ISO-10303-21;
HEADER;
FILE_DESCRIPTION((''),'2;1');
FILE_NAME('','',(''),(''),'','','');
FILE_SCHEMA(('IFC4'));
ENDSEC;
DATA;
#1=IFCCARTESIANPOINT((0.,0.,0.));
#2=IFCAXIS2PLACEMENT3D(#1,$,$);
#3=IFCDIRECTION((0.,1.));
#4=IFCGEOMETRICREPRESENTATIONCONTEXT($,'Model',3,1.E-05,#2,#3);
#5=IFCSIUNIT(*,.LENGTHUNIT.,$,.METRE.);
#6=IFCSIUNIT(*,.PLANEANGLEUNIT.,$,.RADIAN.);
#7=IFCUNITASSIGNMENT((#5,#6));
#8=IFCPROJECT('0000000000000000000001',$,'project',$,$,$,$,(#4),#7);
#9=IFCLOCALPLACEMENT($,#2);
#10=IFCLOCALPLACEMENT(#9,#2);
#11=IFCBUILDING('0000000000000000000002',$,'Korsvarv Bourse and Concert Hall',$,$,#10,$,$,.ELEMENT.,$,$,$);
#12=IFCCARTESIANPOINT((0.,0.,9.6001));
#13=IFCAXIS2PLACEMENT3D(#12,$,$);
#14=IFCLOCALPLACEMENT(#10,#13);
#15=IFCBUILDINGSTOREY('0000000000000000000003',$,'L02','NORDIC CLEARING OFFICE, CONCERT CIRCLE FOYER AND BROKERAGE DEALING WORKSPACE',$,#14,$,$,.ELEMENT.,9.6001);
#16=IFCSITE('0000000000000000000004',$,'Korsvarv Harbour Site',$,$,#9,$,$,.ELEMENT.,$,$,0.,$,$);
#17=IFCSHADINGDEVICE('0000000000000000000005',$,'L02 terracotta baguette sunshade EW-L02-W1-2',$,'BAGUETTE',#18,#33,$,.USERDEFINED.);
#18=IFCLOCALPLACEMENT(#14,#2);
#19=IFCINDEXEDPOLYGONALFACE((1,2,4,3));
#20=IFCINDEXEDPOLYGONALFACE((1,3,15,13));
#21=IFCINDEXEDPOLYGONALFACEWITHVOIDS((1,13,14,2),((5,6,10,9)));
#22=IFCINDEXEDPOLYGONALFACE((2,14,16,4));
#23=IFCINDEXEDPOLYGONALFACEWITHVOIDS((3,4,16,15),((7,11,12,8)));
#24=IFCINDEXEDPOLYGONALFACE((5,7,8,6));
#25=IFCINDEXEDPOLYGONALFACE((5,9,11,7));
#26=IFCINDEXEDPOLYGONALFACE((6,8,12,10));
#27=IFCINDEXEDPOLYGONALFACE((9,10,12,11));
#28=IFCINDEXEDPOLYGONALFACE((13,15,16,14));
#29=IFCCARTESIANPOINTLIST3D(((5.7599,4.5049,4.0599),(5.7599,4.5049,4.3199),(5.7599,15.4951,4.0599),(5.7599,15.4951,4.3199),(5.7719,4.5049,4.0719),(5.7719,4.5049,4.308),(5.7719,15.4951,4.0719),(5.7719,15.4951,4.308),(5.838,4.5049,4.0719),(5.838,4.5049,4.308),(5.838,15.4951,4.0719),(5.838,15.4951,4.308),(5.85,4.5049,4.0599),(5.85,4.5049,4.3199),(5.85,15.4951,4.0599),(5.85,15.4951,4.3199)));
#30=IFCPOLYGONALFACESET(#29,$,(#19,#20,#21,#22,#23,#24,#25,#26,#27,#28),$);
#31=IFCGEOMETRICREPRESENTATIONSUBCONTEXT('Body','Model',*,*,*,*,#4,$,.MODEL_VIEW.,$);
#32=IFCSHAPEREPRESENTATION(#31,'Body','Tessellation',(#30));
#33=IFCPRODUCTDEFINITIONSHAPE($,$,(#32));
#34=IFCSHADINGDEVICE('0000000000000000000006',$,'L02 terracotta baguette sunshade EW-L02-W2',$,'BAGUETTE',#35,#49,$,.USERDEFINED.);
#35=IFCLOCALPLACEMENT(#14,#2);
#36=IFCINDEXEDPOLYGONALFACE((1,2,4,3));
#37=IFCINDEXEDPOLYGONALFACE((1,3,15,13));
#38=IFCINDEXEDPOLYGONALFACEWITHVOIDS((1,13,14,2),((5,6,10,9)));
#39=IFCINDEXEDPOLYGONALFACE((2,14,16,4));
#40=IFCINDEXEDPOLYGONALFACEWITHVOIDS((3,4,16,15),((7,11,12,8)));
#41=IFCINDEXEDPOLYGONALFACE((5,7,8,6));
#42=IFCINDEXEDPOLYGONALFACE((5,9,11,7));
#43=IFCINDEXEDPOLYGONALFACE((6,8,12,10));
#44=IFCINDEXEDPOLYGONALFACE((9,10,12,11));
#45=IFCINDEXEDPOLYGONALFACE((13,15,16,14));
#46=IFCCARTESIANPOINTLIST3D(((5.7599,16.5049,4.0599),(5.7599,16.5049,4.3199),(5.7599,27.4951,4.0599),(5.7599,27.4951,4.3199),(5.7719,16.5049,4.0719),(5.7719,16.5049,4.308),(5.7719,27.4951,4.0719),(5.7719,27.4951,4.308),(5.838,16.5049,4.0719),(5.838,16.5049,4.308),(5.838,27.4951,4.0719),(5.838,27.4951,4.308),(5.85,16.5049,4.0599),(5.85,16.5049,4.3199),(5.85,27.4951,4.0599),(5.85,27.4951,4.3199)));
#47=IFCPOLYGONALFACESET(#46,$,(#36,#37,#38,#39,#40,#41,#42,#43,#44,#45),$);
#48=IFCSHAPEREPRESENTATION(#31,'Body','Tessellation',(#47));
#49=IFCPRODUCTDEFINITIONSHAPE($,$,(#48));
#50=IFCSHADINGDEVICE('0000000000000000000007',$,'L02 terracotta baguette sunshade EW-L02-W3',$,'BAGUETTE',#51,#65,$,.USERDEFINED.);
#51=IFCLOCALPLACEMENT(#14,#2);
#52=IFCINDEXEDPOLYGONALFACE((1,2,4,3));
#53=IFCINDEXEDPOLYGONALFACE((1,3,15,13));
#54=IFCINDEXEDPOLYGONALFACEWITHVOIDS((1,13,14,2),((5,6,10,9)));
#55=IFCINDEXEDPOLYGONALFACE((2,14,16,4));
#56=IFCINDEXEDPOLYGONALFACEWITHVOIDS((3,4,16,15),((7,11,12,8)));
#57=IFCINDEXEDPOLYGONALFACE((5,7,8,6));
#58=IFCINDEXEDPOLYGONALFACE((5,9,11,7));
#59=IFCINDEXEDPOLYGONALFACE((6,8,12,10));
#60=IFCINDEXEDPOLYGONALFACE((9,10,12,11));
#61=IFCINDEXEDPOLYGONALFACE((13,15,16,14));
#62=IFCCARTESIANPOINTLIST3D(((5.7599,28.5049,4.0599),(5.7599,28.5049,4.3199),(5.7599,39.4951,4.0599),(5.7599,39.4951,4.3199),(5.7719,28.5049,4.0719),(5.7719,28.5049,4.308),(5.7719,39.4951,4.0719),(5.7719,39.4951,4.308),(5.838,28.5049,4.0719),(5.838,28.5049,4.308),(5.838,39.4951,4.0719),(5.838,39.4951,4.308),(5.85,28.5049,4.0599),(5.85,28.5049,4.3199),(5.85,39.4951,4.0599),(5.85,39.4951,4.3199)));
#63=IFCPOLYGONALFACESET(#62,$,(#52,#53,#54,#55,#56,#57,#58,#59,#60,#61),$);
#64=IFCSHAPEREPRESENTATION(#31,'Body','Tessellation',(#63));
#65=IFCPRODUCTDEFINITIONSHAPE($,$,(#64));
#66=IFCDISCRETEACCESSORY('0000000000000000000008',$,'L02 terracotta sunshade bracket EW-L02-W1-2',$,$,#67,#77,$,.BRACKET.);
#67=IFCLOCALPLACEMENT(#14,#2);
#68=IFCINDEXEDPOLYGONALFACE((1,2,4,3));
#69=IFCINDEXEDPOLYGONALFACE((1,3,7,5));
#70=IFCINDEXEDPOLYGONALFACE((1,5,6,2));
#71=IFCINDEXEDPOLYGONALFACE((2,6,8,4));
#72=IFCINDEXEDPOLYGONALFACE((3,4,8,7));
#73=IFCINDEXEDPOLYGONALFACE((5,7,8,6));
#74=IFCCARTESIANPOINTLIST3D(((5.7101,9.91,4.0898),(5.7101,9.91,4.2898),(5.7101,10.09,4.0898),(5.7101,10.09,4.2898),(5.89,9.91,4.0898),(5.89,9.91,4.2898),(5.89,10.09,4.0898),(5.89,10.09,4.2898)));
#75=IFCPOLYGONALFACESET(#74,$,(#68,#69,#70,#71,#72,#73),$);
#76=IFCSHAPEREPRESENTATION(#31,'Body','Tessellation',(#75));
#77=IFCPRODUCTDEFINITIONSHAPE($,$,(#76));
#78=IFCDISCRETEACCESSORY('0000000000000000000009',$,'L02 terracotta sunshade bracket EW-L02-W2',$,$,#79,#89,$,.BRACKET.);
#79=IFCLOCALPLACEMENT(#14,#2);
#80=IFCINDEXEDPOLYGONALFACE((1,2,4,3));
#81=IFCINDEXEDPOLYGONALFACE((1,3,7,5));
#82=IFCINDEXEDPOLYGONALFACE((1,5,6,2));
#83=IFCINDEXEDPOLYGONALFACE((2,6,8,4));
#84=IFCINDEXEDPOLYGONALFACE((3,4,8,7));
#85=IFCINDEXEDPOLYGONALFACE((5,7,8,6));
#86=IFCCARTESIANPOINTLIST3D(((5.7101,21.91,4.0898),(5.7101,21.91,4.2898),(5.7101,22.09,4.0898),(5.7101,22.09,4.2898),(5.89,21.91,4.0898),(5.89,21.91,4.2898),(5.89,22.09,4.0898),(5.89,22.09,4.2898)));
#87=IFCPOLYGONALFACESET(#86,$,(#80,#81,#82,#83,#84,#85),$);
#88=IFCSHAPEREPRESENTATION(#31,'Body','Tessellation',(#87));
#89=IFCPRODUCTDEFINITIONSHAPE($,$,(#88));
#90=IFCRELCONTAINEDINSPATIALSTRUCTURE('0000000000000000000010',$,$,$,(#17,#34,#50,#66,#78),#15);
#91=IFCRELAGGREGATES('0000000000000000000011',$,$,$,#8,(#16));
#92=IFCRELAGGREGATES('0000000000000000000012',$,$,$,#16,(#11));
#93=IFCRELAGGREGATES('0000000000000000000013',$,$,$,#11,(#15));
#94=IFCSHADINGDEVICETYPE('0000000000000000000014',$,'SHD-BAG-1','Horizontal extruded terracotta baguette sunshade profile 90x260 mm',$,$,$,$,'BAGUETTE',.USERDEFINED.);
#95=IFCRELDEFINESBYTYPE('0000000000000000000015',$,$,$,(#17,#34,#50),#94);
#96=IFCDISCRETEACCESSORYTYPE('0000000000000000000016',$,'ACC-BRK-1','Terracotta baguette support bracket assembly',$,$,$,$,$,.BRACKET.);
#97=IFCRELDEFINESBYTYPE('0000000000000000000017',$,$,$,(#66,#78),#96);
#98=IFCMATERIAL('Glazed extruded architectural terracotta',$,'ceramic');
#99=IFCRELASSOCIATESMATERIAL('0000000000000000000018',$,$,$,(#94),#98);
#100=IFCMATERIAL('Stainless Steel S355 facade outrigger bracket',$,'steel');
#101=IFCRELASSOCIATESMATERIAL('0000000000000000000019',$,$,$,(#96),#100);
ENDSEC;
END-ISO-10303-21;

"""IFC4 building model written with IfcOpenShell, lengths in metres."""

from ifc_helpers import new_model, si_unit, direction, frame, origin, origin_2d, place, context, subcontext, project, spatial, rectangle, hollow_rectangle, extrude, source, transform, mapped, material, material_profile, profile_set, type_object, element, save


model = new_model("IFC4")

# Units and contexts
model_context = context("Model", 3, precision=1e-05, world=origin(), true_north=direction((0.0, 1.0)))
body_context = subcontext(model_context, "Body", "Model", "MODEL_VIEW")
ifc_project = project(units=[si_unit("LENGTHUNIT", "METRE"), si_unit("PLANEANGLEUNIT", "RADIAN")], contexts=[model_context])

# Site, building, storey
site_placement = place(None, origin())
site = spatial("IfcSite", under=ifc_project, at=site_placement, Name="Korsvarv Harbour Site", CompositionType="ELEMENT", RefElevation=0.0)
building_placement = place(site_placement, origin())
building = spatial("IfcBuilding", under=site, at=building_placement, Name="Korsvarv Bourse and Concert Hall", CompositionType="ELEMENT")
storey_placement = place(building_placement, frame((0.0, 0.0, 9.6001)))
storey = spatial("IfcBuildingStorey", under=building, at=storey_placement, Name="L02", Description="NORDIC CLEARING OFFICE, CONCERT CIRCLE FOYER AND BROKERAGE DEALING WORKSPACE", CompositionType="ELEMENT", Elevation=9.6001)

# Shading devices
ifc_material_1 = material(Name="Glazed extruded architectural terracotta", Category="ceramic")
ifc_material_profile_1 = material_profile(ifc_material_1, hollow_rectangle(XDim=0.0901, YDim=0.26, WallThickness=0.012, at=origin_2d()), Name="TC-BAG 90x260")
ifc_profile_set_1 = profile_set([ifc_material_profile_1], Name="Glazed extruded architectural terracotta")
shading_device_type = type_object("IfcShadingDeviceType", Name="SHD-BAG-1", Description="Horizontal extruded terracotta baguette sunshade profile 90x260 mm", ElementType="BAGUETTE", PredefinedType="USERDEFINED", material=ifc_profile_set_1)
shared_shape_1 = source(origin(), body_context, "Body", "SweptSolid", [
    extrude(hollow_rectangle(XDim=0.0901, YDim=0.26, WallThickness=0.012, at=origin_2d()), origin(), (0.0, 0.0, 1.0), 10.9902),
])
for number, where, z_axis, x_axis, name in (
    (1, (5.8049, 4.5049, 4.1899), (0.0, 1.0, 0.0), (-1.0, 0.0, 0.0), "L02 terracotta baguette sunshade EW-L02-W1-2"),
    (2, (5.8049, 16.5049, 4.1899), (0.0, 1.0, 0.0), (-1.0, 0.0, 0.0), "L02 terracotta baguette sunshade EW-L02-W2"),
    (3, (5.8049, 28.5049, 4.1899), (0.0, 1.0, 0.0), (-1.0, 0.0, 0.0), "L02 terracotta baguette sunshade EW-L02-W3"),
):
    element("IfcShadingDevice", number, at=place(storey_placement, frame(where, z_axis=z_axis, x_axis=x_axis)), inside=storey, type_object=shading_device_type, Name=name, ObjectType="BAGUETTE", PredefinedType="USERDEFINED", context=body_context, shape_type="MappedRepresentation", body=[
        mapped(shared_shape_1, transform((0.0, 0.0, 0.0), scale=1.0)),
    ])

# Discrete accessories
ifc_material_2 = material(Name="Stainless Steel S355 facade outrigger bracket", Category="steel")
discrete_accessory_type = type_object("IfcDiscreteAccessoryType", Name="ACC-BRK-1", Description="Terracotta baguette support bracket assembly", PredefinedType="BRACKET", material=ifc_material_2)
shared_shape_2 = source(origin(), body_context, "Body", "SweptSolid", [
    extrude(rectangle(XDim=0.1799, YDim=0.1799, at=origin_2d()), origin(), (0.0, 0.0, 1.0), 0.2),
])
for number, where, z_axis, x_axis, name in (
    (4, (5.8, 10.0, 4.0898), (0.0, 0.0, 1.0), (0.0, 1.0, 0.0), "L02 terracotta sunshade bracket EW-L02-W1-2"),
    (5, (5.8, 22.0, 4.0898), (0.0, 0.0, 1.0), (0.0, 1.0, 0.0), "L02 terracotta sunshade bracket EW-L02-W2"),
):
    element("IfcDiscreteAccessory", number, at=place(storey_placement, frame(where, z_axis=z_axis, x_axis=x_axis)), inside=storey, type_object=discrete_accessory_type, Name=name, PredefinedType="BRACKET", context=body_context, shape_type="MappedRepresentation", body=[
        mapped(shared_shape_2, transform((0.0, 0.0, 0.0), scale=1.0)),
    ])

save(model, "model.ifc")
